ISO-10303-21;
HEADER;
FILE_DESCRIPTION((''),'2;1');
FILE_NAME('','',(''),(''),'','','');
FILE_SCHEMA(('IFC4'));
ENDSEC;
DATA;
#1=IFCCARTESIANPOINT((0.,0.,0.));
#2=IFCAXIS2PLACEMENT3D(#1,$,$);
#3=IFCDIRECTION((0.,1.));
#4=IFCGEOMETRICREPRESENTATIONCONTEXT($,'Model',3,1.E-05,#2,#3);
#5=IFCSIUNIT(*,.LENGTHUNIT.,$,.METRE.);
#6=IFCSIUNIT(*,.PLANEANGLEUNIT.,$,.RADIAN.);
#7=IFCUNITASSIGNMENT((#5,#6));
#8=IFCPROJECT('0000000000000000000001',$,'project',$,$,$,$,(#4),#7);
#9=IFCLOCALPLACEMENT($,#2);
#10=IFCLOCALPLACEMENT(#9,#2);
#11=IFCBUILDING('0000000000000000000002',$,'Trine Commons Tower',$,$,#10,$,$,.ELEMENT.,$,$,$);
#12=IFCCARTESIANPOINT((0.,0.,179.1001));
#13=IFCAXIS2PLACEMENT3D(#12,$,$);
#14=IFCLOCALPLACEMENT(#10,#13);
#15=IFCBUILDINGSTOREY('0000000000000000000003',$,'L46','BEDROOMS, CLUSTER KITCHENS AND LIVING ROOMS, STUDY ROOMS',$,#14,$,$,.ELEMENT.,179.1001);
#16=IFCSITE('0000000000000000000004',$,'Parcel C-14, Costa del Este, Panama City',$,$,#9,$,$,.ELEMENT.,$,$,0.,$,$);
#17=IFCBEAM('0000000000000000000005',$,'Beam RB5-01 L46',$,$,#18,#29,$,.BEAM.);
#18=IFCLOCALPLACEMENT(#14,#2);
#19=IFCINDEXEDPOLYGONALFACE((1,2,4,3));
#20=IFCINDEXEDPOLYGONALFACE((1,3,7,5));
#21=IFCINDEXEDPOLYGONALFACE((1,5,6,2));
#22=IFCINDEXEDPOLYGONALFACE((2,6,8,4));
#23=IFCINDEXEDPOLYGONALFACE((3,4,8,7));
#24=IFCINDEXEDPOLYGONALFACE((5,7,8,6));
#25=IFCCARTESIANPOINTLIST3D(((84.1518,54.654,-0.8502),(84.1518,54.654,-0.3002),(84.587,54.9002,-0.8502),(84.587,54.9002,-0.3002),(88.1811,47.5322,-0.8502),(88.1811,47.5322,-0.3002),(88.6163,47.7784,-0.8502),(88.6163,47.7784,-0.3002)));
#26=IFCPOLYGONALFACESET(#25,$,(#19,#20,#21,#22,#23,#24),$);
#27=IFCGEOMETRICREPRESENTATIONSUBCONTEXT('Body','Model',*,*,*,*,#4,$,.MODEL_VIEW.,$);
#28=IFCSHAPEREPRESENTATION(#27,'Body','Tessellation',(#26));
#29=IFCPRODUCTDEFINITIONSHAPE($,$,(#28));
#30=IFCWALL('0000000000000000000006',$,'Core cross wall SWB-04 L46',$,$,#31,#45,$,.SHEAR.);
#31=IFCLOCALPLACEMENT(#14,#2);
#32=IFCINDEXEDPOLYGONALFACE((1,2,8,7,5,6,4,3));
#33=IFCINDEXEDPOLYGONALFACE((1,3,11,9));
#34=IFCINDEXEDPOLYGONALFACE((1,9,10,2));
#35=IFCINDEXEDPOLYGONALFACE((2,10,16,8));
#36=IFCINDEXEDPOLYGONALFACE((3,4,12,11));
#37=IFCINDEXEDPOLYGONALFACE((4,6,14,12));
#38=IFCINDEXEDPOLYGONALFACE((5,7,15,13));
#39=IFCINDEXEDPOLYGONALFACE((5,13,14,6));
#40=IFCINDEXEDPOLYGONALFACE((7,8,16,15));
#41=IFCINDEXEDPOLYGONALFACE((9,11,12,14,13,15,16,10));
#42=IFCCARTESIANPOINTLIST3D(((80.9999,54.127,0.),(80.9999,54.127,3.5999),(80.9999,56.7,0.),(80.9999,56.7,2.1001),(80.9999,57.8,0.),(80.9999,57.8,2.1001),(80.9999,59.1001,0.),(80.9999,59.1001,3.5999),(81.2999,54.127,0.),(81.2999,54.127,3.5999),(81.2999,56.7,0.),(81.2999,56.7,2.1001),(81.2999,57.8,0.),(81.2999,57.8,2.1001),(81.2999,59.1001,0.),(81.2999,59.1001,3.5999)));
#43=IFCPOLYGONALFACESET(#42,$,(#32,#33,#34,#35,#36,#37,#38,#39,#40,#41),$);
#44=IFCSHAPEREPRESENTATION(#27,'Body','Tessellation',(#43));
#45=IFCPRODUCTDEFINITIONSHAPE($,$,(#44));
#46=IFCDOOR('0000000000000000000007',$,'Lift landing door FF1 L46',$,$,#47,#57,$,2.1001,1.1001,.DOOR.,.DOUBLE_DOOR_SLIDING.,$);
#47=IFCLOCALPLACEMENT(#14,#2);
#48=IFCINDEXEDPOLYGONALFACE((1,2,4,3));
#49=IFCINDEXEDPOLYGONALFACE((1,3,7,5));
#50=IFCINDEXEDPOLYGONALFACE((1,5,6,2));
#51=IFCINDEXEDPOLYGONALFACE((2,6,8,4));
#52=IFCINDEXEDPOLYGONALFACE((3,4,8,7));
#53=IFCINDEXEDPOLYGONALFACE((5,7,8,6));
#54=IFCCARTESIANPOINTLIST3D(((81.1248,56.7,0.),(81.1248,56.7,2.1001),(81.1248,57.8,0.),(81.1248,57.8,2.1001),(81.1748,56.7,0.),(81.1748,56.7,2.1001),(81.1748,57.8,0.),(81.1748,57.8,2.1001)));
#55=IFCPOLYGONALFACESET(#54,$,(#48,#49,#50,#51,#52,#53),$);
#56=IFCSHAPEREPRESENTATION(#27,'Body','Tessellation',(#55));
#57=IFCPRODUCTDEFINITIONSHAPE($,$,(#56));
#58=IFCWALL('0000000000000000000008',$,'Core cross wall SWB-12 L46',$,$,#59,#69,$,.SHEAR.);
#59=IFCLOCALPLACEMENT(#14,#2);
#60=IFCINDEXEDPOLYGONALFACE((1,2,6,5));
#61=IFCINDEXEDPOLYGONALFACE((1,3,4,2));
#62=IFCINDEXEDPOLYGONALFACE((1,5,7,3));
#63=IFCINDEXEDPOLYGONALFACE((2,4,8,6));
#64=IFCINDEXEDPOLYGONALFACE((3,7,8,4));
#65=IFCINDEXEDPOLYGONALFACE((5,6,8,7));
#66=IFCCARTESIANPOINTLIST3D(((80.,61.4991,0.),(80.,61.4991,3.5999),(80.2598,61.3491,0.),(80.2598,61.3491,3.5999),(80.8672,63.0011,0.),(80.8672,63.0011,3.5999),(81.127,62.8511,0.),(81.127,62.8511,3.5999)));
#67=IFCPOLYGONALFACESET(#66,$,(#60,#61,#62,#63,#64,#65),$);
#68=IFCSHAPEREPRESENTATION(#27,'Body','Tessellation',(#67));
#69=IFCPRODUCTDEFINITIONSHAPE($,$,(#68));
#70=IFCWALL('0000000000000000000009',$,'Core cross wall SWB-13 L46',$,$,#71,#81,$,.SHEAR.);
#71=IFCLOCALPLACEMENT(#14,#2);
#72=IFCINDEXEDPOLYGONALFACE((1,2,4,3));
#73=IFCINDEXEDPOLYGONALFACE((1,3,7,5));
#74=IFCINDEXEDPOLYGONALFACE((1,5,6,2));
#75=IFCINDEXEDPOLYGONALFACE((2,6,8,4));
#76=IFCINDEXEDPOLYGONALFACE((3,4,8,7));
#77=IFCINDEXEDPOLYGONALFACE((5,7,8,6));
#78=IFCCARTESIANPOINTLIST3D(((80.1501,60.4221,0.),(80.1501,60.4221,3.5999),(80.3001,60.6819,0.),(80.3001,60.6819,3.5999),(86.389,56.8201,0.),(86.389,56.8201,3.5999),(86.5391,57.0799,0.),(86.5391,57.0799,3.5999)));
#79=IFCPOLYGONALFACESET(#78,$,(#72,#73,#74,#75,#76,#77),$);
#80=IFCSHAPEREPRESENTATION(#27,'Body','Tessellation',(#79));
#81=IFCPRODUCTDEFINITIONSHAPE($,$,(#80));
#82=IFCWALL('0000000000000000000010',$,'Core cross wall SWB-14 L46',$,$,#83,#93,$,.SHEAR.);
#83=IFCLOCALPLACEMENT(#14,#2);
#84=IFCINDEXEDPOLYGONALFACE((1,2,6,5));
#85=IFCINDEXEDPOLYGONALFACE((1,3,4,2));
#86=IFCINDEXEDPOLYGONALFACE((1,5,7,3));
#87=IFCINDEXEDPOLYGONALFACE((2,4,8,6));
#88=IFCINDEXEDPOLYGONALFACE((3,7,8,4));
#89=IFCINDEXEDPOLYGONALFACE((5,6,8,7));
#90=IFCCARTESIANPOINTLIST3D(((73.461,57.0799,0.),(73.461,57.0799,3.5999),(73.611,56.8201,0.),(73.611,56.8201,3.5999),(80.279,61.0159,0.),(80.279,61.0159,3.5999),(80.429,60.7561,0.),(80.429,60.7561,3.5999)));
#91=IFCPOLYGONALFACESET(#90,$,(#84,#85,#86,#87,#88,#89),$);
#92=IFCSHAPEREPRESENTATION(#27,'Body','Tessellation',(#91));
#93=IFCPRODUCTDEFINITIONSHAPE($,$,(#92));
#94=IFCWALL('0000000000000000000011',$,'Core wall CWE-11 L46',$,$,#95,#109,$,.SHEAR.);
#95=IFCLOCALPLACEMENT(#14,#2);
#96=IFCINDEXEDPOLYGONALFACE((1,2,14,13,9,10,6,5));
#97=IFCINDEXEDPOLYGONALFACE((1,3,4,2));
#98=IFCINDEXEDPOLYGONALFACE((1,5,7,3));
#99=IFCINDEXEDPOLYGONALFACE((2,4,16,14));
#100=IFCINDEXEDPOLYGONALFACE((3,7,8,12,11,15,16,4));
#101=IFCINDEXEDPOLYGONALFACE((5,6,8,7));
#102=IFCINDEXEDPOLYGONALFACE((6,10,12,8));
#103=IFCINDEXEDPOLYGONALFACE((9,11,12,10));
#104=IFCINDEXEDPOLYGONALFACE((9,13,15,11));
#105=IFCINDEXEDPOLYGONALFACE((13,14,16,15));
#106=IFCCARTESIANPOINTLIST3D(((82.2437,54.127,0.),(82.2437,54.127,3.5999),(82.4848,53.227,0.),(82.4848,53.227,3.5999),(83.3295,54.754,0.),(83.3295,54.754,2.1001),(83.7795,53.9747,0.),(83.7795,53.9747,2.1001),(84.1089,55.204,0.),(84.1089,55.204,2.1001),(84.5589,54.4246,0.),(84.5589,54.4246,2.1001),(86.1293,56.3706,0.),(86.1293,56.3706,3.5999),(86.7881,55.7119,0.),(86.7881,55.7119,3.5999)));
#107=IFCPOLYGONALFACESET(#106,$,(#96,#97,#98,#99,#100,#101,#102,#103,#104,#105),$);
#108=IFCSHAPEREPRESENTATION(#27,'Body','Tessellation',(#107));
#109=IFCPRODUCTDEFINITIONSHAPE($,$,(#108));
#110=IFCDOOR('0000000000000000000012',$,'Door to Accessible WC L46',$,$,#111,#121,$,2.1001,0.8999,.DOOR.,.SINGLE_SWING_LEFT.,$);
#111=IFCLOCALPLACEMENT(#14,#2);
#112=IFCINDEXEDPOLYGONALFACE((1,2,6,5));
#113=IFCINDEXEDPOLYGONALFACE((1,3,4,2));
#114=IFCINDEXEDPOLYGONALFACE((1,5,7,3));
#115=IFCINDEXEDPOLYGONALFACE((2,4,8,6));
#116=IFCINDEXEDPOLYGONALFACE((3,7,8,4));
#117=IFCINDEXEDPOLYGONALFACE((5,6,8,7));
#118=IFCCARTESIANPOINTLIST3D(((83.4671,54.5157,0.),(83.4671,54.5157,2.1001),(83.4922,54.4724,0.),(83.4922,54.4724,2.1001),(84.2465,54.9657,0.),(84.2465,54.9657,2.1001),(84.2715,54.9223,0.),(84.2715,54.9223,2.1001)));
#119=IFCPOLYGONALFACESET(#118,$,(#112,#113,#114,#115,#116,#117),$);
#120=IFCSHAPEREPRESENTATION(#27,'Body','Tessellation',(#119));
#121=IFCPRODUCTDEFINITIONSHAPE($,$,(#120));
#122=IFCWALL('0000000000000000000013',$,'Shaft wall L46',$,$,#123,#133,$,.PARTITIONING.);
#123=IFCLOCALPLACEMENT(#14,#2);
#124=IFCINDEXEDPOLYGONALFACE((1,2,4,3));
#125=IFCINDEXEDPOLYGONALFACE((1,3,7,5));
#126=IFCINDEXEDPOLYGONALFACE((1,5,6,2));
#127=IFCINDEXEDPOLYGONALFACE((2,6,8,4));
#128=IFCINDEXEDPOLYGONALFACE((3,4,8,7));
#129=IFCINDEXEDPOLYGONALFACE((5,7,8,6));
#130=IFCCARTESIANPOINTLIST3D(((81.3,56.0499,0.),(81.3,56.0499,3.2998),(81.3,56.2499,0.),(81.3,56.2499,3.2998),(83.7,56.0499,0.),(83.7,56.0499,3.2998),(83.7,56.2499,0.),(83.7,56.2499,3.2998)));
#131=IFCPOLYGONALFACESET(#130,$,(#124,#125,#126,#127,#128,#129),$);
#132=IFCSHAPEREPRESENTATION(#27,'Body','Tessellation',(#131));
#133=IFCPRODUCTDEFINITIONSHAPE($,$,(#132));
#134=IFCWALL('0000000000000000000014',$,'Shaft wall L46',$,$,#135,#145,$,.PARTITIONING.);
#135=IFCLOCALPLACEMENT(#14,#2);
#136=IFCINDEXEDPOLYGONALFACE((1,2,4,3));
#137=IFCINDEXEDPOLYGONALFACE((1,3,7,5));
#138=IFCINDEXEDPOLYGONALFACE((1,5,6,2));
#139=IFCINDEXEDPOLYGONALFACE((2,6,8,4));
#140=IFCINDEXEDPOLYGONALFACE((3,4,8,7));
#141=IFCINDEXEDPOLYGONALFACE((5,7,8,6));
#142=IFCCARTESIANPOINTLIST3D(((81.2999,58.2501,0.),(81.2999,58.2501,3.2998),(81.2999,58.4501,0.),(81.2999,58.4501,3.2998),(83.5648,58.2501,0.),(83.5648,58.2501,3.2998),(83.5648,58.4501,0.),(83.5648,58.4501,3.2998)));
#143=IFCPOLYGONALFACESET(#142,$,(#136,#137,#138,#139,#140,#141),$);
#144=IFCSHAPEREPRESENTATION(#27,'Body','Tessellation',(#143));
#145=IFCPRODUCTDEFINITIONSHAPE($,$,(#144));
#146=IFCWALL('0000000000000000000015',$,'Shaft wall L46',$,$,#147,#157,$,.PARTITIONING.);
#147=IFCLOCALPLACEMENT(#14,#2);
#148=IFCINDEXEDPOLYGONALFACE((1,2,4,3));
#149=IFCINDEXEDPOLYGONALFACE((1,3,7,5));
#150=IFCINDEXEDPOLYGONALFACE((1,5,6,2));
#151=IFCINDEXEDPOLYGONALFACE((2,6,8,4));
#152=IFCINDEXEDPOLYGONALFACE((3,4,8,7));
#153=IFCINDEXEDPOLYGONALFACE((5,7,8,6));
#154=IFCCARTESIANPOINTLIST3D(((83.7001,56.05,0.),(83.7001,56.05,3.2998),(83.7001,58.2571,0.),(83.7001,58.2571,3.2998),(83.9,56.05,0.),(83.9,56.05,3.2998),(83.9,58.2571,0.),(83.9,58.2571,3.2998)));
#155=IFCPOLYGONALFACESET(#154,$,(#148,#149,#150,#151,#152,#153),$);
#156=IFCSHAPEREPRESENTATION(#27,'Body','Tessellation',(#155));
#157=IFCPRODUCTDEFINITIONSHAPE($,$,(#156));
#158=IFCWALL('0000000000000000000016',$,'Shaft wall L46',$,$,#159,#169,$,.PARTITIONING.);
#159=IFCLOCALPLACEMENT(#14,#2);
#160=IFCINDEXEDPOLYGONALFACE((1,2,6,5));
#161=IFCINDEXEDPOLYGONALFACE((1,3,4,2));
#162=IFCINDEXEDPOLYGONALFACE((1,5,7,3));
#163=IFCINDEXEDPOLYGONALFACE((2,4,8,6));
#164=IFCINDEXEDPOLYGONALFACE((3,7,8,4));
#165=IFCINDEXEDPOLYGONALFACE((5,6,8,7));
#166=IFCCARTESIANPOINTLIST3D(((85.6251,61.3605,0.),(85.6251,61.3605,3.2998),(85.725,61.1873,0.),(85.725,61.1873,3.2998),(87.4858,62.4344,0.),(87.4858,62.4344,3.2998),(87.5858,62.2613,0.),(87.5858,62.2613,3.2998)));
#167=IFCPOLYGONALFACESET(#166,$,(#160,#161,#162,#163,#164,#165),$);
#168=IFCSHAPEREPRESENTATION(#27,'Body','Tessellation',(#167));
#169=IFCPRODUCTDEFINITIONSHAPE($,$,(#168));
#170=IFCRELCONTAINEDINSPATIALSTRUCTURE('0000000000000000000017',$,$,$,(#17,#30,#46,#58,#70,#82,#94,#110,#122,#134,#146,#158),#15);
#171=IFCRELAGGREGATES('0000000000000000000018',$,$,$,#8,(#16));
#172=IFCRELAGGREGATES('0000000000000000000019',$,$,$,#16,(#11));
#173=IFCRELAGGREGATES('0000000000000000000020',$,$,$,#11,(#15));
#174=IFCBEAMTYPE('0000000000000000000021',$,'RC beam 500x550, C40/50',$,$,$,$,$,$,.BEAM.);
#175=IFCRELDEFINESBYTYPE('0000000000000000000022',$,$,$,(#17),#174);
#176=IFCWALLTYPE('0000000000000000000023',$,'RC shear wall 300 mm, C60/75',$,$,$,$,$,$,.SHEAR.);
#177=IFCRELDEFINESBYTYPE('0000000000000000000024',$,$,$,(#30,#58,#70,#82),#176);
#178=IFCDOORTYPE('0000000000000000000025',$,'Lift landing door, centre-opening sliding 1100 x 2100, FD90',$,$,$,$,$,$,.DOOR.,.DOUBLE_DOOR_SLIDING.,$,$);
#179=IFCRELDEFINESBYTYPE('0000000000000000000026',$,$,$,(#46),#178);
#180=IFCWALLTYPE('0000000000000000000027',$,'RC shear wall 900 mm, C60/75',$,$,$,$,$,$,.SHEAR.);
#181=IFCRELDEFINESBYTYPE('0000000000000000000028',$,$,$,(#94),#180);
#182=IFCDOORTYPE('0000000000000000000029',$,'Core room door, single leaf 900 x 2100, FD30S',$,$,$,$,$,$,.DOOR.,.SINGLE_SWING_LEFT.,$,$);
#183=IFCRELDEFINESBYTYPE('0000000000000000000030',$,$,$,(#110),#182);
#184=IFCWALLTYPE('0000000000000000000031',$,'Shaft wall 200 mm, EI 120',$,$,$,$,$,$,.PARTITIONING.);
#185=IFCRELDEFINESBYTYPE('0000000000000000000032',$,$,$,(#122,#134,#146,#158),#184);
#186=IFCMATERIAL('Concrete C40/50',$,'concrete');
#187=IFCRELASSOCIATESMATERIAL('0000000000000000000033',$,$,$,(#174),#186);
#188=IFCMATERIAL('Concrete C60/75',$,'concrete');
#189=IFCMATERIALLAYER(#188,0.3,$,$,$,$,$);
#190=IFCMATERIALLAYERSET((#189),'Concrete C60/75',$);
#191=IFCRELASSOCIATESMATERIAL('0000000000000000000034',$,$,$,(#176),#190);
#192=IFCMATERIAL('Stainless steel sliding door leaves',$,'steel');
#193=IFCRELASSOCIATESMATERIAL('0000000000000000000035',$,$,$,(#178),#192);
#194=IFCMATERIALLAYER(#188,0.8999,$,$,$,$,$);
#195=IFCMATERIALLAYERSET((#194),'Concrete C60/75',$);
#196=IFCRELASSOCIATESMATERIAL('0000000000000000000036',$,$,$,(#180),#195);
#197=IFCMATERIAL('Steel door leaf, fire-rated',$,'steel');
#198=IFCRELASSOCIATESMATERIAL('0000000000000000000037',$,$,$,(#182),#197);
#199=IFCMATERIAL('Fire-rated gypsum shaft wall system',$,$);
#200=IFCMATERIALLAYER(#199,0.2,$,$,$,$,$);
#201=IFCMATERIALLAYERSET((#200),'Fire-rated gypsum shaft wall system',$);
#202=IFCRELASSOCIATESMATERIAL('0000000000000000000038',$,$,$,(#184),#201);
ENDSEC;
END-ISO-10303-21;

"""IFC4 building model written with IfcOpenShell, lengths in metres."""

from ifc_helpers import new_model, si_unit, direction, frame, frame_2d, origin, origin_2d, place, context, subcontext, project, spatial, polyline, rectangle, outline, extrude, material, layer, layer_set, material_profile, profile_set, type_object, element, fill, save


model = new_model("IFC4")

# Units and contexts
model_context = context("Model", 3, precision=1e-05, world=origin(), true_north=direction((0.0, 1.0)))
body_context = subcontext(model_context, "Body", "Model", "MODEL_VIEW")
ifc_project = project(units=[si_unit("LENGTHUNIT", "METRE"), si_unit("PLANEANGLEUNIT", "RADIAN")], contexts=[model_context])

# Site, building, storey
site_placement = place(None, origin())
site = spatial("IfcSite", under=ifc_project, at=site_placement, Name="Parcel C-14, Costa del Este, Panama City", CompositionType="ELEMENT", RefElevation=0.0)
building_placement = place(site_placement, origin())
building = spatial("IfcBuilding", under=site, at=building_placement, Name="Trine Commons Tower", CompositionType="ELEMENT")
storey_placement = place(building_placement, frame((0.0, 0.0, 179.1001)))
storey = spatial("IfcBuildingStorey", under=building, at=storey_placement, Name="L46", Description="BEDROOMS, CLUSTER KITCHENS AND LIVING ROOMS, STUDY ROOMS", CompositionType="ELEMENT", Elevation=179.1001)

# Beam
ifc_material_1 = material(Name="Concrete C40/50", Category="concrete")
ifc_material_profile = material_profile(ifc_material_1, rectangle(XDim=0.5, YDim=0.55, at=origin_2d()), Name="RC 500x550")
ifc_profile_set = profile_set([ifc_material_profile], Name="Concrete C40/50")
beam_type = type_object("IfcBeamType", Name="RC beam 500x550, C40/50", PredefinedType="BEAM", material=ifc_profile_set)
beam_placement = place(storey_placement, frame((84.3694, 54.7771, -0.5752), z_axis=(0.49242, -0.870358, 0.0), x_axis=(0.870358, 0.49242, 0.0)))
element("IfcBeam", 1, at=beam_placement, inside=storey, type_object=beam_type, Name="Beam RB5-01 L46", PredefinedType="BEAM", context=body_context, shape_type="SweptSolid", body=[
    extrude(rectangle(XDim=0.5, YDim=0.55, at=origin_2d()), origin(), (0.0, 0.0, 1.0), 8.1826),
])

# Wall, opening, door
ifc_material_2 = material(Name="Concrete C60/75", Category="concrete")
ifc_layer_1 = layer(ifc_material_2, 0.3)
ifc_layer_set_1 = layer_set([ifc_layer_1], Name="Concrete C60/75")
wall_type_1 = type_object("IfcWallType", Name="RC shear wall 300 mm, C60/75", PredefinedType="SHEAR", material=ifc_layer_set_1)
wall_1_placement = place(storey_placement, frame((81.1499, 59.1001, 0.0), z_axis=(0.0, 0.0, 1.0), x_axis=(0.0, -1.0, 0.0)))
wall_1 = element("IfcWall", 2, at=wall_1_placement, inside=storey, type_object=wall_type_1, Name="Core cross wall SWB-04 L46", PredefinedType="SHEAR", context=body_context, shape_type="SweptSolid", body=[
    extrude(rectangle(XDim=4.9731, YDim=0.3, at=frame_2d((2.4866, 0.0))), origin(), (0.0, 0.0, 1.0), 3.5999),
])
opening_1_placement = place(wall_1_placement, frame((1.3, 0.0, 0.0)))
opening_1 = element("IfcOpeningElement", 3, at=opening_1_placement, cuts=wall_1, PredefinedType="OPENING", context=body_context, shape_type="SweptSolid", body=[
    extrude(rectangle(XDim=1.1001, YDim=2.1001, at=frame_2d((0.55, 1.05))), frame((0.0, 0.1599, 0.0), z_axis=(0.0, -1.0, 0.0), x_axis=(1.0, 0.0, 0.0)), (0.0, 0.0, 1.0), 0.3201),
])
ifc_material_3 = material(Name="Stainless steel sliding door leaves", Category="steel")
door_type_1 = type_object("IfcDoorType", Name="Lift landing door, centre-opening sliding 1100 x 2100, FD90", OperationType="DOUBLE_DOOR_SLIDING", PredefinedType="DOOR", material=ifc_material_3)
door_1_placement = place(opening_1_placement, origin())
door_1 = element("IfcDoor", 4, at=door_1_placement, inside=storey, type_object=door_type_1, Name="Lift landing door FF1 L46", OperationType="DOUBLE_DOOR_SLIDING", OverallHeight=2.1001, OverallWidth=1.1001, PredefinedType="DOOR", context=body_context, shape_type="SweptSolid", body=[
    extrude(rectangle(XDim=1.1001, YDim=2.1001, at=frame_2d((0.55, 1.05))), frame((0.0, 0.0249, 0.0), z_axis=(0.0, -1.0, 0.0), x_axis=(1.0, 0.0, 0.0)), (0.0, 0.0, 1.0), 0.05),
])
fill(opening_1, door_1)

# Walls
wall_2_placement = place(storey_placement, frame((80.1299, 61.4241, 0.0), z_axis=(0.0, 0.0, 1.0), x_axis=(0.500015, 0.866017, 0.0)))
element("IfcWall", 5, at=wall_2_placement, inside=storey, type_object=wall_type_1, Name="Core cross wall SWB-12 L46", PredefinedType="SHEAR", context=body_context, shape_type="SweptSolid", body=[
    extrude(rectangle(XDim=1.7344, YDim=0.3, at=frame_2d((0.8672, 0.0))), origin(), (0.0, 0.0, 1.0), 3.5999),
])
wall_3_placement = place(storey_placement, frame((80.2251, 60.552, 0.0), z_axis=(0.0, 0.0, 1.0), x_axis=(0.866028, -0.499995, 0.0)))
element("IfcWall", 6, at=wall_3_placement, inside=storey, type_object=wall_type_1, Name="Core cross wall SWB-13 L46", PredefinedType="SHEAR", context=body_context, shape_type="SweptSolid", body=[
    extrude(rectangle(XDim=7.2041, YDim=0.3, at=frame_2d((3.6021, 0.0))), origin(), (0.0, 0.0, 1.0), 3.5999),
])
wall_4_placement = place(storey_placement, frame((80.354, 60.886, 0.0), z_axis=(0.0, 0.0, 1.0), x_axis=(-0.866048, -0.499961, 0.0)))
element("IfcWall", 7, at=wall_4_placement, inside=storey, type_object=wall_type_1, Name="Core cross wall SWB-14 L46", PredefinedType="SHEAR", context=body_context, shape_type="SweptSolid", body=[
    extrude(rectangle(XDim=7.8726, YDim=0.3, at=frame_2d((3.9363, 0.0))), origin(), (0.0, 0.0, 1.0), 3.5999),
])

# Wall, opening, door
ifc_layer_2 = layer(ifc_material_2, 0.8999)
ifc_layer_set_2 = layer_set([ifc_layer_2], Name="Concrete C60/75")
wall_type_2 = type_object("IfcWallType", Name="RC shear wall 900 mm, C60/75", PredefinedType="SHEAR", material=ifc_layer_set_2)
wall_5_placement = place(storey_placement, frame((82.2598, 53.6167, 0.0), z_axis=(0.0, 0.0, 1.0), x_axis=(0.866003, 0.500039, 0.0)))
wall_5 = element("IfcWall", 8, at=wall_5_placement, inside=storey, type_object=wall_type_2, Name="Core wall CWE-11 L46", PredefinedType="SHEAR", context=body_context, shape_type="SweptSolid", body=[
    extrude(outline(polyline([(0.0, -0.45), (4.9692, -0.45), (4.728, 0.45), (0.2412, 0.45), (0.0, -0.45)])), origin(), (0.0, 0.0, 1.0), 3.5999),
])
opening_2_placement = place(wall_5_placement, frame((1.4951, 0.0, 0.0)))
opening_2 = element("IfcOpeningElement", 9, at=opening_2_placement, cuts=wall_5, PredefinedType="OPENING", context=body_context, shape_type="SweptSolid", body=[
    extrude(rectangle(XDim=0.8999, YDim=2.1001, at=frame_2d((0.45, 1.05))), frame((0.0, 0.46, 0.0), z_axis=(0.0, -1.0, 0.0), x_axis=(1.0, 0.0, 0.0)), (0.0, 0.0, 1.0), 0.9199),
])
ifc_material_4 = material(Name="Steel door leaf, fire-rated", Category="steel")
door_type_2 = type_object("IfcDoorType", Name="Core room door, single leaf 900 x 2100, FD30S", OperationType="SINGLE_SWING_LEFT", PredefinedType="DOOR", material=ifc_material_4)
door_2_placement = place(opening_2_placement, origin())
door_2 = element("IfcDoor", 10, at=door_2_placement, inside=storey, type_object=door_type_2, Name="Door to Accessible WC L46", OperationType="SINGLE_SWING_LEFT", OverallHeight=2.1001, OverallWidth=0.8999, PredefinedType="DOOR", context=body_context, shape_type="SweptSolid", body=[
    extrude(rectangle(XDim=0.8999, YDim=2.1001, at=frame_2d((0.45, 1.05))), frame((0.0, 0.1748, 0.0), z_axis=(0.0, -1.0, 0.0), x_axis=(1.0, 0.0, 0.0)), (0.0, 0.0, 1.0), 0.05),
])
fill(opening_2, door_2)

# Walls
ifc_material_5 = material(Name="Fire-rated gypsum shaft wall system")
ifc_layer_3 = layer(ifc_material_5, 0.2)
ifc_layer_set_3 = layer_set([ifc_layer_3], Name="Fire-rated gypsum shaft wall system")
wall_type_3 = type_object("IfcWallType", Name="Shaft wall 200 mm, EI 120", PredefinedType="PARTITIONING", material=ifc_layer_set_3)
wall_6_placement = place(storey_placement, frame((81.3, 56.1499, 0.0), z_axis=(0.0, 0.0, 1.0), x_axis=(1.0, 0.0, 0.0)))
element("IfcWall", 11, at=wall_6_placement, inside=storey, type_object=wall_type_3, Name="Shaft wall L46", PredefinedType="PARTITIONING", context=body_context, shape_type="SweptSolid", body=[
    extrude(rectangle(XDim=2.3999, YDim=0.2, at=frame_2d((1.2, 0.0))), origin(), (0.0, 0.0, 1.0), 3.2998),
])
wall_7_placement = place(storey_placement, frame((81.3, 58.3501, 0.0), z_axis=(0.0, 0.0, 1.0), x_axis=(1.0, 0.0, 0.0)))
element("IfcWall", 12, at=wall_7_placement, inside=storey, type_object=wall_type_3, Name="Shaft wall L46", PredefinedType="PARTITIONING", context=body_context, shape_type="SweptSolid", body=[
    extrude(rectangle(XDim=2.2649, YDim=0.2, at=frame_2d((1.1323, 0.0))), origin(), (0.0, 0.0, 1.0), 3.2998),
])
wall_8_placement = place(storey_placement, frame((83.8, 58.2571, 0.0), z_axis=(0.0, 0.0, 1.0), x_axis=(0.0, -1.0, 0.0)))
element("IfcWall", 13, at=wall_8_placement, inside=storey, type_object=wall_type_3, Name="Shaft wall L46", PredefinedType="PARTITIONING", context=body_context, shape_type="SweptSolid", body=[
    extrude(rectangle(XDim=2.207, YDim=0.2, at=frame_2d((1.1035, 0.0))), origin(), (0.0, 0.0, 1.0), 3.2998),
])
wall_9_placement = place(storey_placement, frame((85.675, 61.2739, 0.0), z_axis=(0.0, 0.0, 1.0), x_axis=(0.866102, 0.499867, 0.0)))
element("IfcWall", 14, at=wall_9_placement, inside=storey, type_object=wall_type_3, Name="Shaft wall L46", PredefinedType="PARTITIONING", context=body_context, shape_type="SweptSolid", body=[
    extrude(rectangle(XDim=2.1484, YDim=0.2, at=frame_2d((1.0742, 0.0))), origin(), (0.0, 0.0, 1.0), 3.2998),
])

save(model, "model.ifc")
